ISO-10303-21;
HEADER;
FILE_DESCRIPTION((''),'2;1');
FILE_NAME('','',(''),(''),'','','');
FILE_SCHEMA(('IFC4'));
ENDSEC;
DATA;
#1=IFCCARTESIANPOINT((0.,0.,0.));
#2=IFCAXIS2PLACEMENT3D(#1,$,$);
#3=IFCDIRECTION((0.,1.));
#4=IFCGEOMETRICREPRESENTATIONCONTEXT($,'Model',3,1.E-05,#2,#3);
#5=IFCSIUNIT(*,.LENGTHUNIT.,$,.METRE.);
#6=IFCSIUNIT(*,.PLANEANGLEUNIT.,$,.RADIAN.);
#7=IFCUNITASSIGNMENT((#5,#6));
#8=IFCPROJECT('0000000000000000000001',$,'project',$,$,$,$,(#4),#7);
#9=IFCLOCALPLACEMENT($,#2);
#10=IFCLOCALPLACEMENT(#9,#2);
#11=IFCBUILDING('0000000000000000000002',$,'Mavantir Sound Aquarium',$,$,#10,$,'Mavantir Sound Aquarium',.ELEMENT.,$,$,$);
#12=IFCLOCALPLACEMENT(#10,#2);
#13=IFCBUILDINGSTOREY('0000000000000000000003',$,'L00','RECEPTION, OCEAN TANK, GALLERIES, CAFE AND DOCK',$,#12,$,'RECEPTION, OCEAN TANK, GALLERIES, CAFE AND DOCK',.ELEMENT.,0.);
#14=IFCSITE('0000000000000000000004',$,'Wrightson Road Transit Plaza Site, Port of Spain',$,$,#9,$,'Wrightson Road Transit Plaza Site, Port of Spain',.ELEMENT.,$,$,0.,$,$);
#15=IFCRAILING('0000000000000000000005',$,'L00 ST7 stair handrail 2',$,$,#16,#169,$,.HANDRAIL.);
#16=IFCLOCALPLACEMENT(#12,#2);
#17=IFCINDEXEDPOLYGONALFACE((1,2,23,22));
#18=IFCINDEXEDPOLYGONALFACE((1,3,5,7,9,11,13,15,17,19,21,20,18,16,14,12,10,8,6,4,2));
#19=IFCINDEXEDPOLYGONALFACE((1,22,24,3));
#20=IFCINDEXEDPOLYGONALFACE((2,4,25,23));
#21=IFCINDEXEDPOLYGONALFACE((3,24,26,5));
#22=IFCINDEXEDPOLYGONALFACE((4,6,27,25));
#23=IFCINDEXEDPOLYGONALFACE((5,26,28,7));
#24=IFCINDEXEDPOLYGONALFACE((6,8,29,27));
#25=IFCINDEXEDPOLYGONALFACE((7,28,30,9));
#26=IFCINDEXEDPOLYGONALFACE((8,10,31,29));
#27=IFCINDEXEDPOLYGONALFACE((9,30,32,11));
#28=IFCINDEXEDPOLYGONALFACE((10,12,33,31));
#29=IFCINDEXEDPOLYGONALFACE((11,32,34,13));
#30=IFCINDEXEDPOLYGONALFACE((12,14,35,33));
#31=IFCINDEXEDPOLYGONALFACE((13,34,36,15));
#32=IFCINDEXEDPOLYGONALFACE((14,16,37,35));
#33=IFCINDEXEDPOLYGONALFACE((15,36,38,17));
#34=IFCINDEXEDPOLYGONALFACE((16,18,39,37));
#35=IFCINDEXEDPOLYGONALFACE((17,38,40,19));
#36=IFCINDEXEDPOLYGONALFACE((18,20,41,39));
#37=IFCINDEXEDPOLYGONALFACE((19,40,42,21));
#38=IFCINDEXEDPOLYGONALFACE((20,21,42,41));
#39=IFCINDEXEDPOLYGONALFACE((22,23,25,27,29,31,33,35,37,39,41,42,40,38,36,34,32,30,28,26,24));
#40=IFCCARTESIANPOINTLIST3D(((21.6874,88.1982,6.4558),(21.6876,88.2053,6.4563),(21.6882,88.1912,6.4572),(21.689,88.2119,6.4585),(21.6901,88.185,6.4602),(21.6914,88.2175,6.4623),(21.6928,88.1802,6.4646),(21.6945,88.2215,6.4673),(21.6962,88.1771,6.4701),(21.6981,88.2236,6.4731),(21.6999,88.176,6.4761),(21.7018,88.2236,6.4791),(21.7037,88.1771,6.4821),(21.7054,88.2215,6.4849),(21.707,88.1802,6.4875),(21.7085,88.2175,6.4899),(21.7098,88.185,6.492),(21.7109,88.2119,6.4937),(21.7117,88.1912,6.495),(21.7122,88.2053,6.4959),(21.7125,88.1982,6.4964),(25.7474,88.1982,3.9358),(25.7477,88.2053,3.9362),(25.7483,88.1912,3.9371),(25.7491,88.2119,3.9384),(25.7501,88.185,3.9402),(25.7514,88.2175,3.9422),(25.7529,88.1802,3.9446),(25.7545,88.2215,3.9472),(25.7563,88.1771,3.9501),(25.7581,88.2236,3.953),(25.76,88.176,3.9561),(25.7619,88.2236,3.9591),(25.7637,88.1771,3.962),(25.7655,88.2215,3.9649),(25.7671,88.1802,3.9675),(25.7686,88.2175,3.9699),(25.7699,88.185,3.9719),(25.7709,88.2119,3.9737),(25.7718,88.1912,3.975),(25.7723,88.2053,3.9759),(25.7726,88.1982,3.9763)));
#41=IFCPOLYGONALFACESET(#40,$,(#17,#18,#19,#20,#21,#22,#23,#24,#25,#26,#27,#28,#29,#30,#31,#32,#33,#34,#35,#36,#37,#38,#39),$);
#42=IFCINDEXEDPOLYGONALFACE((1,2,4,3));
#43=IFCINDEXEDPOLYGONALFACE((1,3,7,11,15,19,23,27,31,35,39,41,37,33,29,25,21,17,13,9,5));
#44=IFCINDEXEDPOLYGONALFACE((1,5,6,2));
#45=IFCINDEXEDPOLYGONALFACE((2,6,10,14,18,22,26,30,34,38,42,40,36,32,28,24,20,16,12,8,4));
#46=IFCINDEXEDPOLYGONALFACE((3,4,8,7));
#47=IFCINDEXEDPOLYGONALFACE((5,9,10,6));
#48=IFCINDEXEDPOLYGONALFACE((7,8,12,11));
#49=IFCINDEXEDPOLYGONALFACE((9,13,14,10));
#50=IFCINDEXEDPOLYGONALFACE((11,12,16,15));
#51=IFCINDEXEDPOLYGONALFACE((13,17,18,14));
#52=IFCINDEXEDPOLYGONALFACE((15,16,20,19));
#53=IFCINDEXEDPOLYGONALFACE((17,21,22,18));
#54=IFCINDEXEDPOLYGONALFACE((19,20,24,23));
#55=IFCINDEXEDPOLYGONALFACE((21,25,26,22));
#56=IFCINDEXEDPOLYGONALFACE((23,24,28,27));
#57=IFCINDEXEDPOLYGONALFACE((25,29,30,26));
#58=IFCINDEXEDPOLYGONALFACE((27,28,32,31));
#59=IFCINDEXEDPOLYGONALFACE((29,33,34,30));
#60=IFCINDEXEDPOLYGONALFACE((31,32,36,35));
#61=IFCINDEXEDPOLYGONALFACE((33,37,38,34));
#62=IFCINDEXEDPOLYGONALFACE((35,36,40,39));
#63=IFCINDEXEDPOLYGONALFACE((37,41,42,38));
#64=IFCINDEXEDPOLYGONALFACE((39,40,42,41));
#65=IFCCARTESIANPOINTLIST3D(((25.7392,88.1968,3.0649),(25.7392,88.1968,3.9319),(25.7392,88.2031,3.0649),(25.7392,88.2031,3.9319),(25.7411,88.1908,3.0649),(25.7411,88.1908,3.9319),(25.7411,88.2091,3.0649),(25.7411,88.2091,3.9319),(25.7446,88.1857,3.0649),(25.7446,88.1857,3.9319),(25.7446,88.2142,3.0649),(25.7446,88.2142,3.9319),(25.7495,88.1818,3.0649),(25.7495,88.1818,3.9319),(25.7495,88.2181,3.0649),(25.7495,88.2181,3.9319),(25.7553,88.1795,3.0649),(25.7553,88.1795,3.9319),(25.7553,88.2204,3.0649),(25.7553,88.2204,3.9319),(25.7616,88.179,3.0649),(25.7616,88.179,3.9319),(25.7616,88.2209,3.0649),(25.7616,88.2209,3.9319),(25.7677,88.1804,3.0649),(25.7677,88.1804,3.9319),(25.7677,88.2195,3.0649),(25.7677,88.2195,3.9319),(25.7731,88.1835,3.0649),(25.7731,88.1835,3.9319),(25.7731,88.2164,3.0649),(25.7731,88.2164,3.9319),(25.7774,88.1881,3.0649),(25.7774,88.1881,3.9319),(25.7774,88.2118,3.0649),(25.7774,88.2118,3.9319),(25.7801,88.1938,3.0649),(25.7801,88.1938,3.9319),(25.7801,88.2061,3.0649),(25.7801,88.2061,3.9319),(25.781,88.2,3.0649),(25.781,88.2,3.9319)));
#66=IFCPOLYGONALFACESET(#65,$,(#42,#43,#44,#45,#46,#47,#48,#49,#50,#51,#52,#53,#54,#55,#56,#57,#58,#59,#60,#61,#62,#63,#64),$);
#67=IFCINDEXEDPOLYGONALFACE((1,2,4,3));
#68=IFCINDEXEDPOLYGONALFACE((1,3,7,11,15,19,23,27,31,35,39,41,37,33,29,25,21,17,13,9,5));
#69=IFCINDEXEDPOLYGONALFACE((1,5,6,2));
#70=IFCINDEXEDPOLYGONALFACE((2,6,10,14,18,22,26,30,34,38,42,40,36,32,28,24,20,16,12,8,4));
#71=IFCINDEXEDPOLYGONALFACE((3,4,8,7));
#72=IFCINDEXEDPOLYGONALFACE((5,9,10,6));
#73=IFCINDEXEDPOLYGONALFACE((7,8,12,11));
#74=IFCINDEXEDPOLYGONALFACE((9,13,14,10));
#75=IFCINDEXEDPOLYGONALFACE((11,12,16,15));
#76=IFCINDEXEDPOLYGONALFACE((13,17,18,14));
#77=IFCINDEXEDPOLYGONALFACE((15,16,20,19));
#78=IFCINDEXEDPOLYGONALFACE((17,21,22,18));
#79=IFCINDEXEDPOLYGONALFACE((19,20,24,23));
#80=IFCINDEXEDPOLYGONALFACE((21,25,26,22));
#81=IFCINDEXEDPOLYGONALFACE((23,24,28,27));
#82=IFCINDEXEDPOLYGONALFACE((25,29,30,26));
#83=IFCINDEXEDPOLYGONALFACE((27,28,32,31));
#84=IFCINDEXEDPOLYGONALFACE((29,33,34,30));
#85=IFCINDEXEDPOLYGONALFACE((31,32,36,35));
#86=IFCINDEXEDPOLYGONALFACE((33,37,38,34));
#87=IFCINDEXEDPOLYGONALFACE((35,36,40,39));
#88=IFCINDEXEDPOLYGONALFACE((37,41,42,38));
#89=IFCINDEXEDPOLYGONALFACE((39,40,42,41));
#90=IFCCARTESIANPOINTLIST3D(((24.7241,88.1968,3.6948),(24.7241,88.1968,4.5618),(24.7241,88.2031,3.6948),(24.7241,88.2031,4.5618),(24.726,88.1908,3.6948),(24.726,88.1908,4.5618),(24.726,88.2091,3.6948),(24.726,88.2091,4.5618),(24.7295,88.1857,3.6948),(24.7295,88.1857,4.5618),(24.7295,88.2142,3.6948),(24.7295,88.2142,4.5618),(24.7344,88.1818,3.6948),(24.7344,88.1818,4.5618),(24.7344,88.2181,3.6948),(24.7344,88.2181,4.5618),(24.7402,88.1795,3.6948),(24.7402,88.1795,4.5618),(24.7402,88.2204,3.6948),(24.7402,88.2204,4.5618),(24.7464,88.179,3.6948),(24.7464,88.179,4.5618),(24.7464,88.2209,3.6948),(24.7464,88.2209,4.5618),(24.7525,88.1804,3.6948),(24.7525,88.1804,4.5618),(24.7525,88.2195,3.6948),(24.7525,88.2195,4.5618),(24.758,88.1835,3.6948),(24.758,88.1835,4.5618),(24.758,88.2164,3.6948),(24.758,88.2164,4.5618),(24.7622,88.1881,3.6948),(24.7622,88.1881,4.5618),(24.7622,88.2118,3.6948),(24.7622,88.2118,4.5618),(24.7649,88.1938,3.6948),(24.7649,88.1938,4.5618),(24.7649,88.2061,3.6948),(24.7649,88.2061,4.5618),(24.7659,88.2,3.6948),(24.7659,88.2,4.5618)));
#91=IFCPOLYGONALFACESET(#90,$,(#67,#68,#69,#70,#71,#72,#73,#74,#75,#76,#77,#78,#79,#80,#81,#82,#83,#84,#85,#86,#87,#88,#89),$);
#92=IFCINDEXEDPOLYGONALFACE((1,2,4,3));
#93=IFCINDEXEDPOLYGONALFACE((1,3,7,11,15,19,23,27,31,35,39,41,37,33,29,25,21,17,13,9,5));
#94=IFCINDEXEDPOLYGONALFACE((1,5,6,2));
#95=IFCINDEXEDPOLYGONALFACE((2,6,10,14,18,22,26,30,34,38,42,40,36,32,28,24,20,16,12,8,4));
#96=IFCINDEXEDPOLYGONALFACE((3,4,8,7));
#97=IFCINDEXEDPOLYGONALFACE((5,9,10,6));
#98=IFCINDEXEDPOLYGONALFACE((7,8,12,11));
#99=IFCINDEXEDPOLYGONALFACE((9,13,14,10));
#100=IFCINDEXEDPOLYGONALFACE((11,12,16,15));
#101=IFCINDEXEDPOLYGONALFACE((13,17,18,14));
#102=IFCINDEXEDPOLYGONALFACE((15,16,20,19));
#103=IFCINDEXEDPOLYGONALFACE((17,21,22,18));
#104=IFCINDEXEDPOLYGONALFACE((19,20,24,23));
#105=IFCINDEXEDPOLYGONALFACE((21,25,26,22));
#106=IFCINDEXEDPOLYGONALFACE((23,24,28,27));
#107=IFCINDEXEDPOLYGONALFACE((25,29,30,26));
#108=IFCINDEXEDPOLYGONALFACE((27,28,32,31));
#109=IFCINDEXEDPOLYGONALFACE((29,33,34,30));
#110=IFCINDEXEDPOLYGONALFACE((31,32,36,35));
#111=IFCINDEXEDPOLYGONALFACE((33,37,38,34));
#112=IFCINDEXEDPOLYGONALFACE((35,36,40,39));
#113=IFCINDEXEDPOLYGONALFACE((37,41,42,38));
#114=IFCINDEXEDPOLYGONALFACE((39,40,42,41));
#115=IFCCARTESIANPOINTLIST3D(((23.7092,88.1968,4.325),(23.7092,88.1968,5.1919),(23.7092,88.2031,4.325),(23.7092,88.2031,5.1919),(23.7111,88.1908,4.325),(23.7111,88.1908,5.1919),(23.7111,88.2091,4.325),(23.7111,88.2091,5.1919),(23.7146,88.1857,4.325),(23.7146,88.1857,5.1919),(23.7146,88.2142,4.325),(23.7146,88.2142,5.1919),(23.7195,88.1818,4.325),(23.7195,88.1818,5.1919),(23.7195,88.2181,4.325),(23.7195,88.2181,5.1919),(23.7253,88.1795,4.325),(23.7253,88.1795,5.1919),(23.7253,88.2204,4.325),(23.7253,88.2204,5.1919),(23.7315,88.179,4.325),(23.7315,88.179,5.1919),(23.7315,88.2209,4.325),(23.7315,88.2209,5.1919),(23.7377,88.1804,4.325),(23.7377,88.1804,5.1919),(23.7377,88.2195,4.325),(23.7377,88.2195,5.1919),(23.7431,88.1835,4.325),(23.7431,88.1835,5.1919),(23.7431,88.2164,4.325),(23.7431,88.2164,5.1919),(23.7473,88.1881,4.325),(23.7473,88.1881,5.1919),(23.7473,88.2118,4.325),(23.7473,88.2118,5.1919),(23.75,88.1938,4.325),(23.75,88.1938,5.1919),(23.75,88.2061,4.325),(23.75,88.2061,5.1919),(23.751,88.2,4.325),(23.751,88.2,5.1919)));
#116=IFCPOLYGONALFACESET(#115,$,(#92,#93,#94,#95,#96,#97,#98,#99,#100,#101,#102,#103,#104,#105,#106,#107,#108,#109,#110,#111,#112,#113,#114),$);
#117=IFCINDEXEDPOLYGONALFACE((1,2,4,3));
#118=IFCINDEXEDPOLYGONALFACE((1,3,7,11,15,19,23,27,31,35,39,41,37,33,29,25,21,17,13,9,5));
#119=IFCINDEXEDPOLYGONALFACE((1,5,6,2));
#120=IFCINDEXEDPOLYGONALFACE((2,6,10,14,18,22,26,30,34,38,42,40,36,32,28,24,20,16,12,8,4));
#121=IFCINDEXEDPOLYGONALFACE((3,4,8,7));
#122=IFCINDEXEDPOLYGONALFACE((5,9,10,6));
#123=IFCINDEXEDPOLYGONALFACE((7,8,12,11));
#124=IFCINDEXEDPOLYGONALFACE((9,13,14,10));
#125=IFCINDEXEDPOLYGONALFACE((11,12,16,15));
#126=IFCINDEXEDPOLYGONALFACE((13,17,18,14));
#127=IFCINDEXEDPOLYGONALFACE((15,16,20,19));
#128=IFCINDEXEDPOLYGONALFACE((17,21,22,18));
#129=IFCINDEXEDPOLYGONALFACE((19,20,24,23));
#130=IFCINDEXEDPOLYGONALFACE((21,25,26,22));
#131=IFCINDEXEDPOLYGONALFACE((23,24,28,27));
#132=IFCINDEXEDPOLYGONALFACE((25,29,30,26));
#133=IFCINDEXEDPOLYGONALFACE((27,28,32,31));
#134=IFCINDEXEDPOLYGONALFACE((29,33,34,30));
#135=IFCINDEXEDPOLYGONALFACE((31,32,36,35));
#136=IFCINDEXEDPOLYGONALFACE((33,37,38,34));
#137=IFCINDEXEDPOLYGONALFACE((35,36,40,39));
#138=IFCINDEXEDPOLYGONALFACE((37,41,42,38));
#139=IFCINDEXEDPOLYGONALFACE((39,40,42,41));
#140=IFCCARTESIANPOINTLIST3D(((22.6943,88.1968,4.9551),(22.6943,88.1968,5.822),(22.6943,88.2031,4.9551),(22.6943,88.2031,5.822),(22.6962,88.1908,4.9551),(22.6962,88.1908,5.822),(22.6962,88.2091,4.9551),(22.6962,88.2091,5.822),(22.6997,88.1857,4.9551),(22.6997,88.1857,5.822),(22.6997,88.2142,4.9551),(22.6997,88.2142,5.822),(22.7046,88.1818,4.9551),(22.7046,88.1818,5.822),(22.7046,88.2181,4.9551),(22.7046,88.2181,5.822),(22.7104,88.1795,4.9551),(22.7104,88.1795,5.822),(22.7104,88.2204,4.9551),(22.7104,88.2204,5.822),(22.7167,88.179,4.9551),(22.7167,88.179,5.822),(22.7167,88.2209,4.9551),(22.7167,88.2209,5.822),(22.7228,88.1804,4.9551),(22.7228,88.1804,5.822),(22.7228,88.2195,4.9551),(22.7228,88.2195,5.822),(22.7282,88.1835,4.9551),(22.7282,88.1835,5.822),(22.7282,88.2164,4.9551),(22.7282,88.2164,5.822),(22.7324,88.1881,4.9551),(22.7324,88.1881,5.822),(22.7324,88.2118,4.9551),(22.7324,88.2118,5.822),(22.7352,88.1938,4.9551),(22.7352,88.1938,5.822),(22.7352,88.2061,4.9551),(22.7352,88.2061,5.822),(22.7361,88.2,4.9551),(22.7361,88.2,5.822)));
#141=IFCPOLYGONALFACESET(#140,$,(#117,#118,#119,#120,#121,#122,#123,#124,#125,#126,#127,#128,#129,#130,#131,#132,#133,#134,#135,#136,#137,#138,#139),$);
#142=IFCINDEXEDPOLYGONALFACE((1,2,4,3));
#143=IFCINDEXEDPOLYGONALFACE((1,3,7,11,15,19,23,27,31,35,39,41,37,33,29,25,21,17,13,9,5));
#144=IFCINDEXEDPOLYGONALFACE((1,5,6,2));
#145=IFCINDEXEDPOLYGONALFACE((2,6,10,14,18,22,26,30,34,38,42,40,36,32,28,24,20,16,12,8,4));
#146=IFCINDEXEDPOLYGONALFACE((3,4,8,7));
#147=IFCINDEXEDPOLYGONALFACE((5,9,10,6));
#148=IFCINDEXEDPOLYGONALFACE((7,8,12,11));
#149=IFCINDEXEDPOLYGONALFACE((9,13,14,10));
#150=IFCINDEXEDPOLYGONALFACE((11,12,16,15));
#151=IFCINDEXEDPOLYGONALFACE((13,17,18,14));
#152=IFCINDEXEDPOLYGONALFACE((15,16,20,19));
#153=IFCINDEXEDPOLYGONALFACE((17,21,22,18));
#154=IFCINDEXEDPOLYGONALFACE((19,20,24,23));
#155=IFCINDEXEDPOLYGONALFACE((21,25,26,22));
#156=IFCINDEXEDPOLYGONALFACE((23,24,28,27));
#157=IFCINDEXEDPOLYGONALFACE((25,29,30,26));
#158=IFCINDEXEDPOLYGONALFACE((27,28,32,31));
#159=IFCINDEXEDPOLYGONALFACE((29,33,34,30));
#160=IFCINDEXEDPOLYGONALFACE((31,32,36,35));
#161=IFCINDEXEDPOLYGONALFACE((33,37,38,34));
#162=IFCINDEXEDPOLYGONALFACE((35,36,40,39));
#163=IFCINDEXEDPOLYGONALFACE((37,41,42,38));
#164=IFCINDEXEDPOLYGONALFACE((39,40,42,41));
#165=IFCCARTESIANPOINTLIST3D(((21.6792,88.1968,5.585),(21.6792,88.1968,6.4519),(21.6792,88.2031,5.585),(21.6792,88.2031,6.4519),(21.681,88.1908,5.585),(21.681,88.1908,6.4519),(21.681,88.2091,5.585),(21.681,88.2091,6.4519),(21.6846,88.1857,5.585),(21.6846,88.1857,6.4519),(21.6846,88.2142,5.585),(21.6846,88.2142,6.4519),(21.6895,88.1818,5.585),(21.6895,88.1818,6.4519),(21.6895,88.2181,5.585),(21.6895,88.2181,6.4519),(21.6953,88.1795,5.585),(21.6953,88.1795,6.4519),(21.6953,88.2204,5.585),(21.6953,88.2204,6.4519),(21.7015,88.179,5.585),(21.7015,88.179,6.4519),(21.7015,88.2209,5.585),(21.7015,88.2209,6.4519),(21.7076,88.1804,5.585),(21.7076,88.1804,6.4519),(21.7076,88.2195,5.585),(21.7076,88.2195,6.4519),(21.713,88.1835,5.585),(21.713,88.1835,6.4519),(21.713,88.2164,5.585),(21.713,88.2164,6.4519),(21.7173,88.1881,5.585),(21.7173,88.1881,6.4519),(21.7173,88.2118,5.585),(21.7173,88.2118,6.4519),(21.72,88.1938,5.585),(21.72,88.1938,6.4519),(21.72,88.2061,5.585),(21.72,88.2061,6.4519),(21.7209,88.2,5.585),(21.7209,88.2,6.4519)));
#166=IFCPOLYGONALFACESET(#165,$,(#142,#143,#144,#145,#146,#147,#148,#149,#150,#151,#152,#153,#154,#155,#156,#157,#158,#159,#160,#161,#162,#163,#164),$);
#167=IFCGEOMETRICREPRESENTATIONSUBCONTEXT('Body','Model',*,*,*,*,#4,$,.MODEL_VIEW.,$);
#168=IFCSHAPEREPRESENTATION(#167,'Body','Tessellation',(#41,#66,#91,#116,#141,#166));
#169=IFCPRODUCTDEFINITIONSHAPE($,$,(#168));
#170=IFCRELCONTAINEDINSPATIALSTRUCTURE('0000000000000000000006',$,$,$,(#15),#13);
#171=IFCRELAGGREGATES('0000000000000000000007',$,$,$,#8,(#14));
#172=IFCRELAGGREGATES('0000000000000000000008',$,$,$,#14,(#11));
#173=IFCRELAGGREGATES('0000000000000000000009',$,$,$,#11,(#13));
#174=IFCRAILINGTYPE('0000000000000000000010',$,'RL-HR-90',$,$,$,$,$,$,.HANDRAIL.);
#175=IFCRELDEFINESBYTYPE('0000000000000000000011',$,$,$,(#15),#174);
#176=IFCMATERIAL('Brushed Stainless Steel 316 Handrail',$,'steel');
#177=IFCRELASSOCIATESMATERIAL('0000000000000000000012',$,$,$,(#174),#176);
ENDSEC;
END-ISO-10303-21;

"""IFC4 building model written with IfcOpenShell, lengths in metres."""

from ifc_helpers import new_model, si_unit, direction, frame, origin, origin_2d, place, context, subcontext, project, spatial, circle, extrude, material, type_object, element, save


model = new_model("IFC4")

# Units and contexts
model_context = context("Model", 3, precision=1e-05, world=origin(), true_north=direction((0.0, 1.0)))
body_context = subcontext(model_context, "Body", "Model", "MODEL_VIEW")
ifc_project = project(units=[si_unit("LENGTHUNIT", "METRE"), si_unit("PLANEANGLEUNIT", "RADIAN")], contexts=[model_context])

# Site, building, storey
site_placement = place(None, origin())
site = spatial("IfcSite", under=ifc_project, at=site_placement, Name="Wrightson Road Transit Plaza Site, Port of Spain", LongName="Wrightson Road Transit Plaza Site, Port of Spain", CompositionType="ELEMENT", RefElevation=0.0)
building_placement = place(site_placement, origin())
building = spatial("IfcBuilding", under=site, at=building_placement, Name="Mavantir Sound Aquarium", LongName="Mavantir Sound Aquarium", CompositionType="ELEMENT")
storey_placement = place(building_placement, origin())
storey = spatial("IfcBuildingStorey", under=building, at=storey_placement, Name="L00", Description="RECEPTION, OCEAN TANK, GALLERIES, CAFE AND DOCK", LongName="RECEPTION, OCEAN TANK, GALLERIES, CAFE AND DOCK", CompositionType="ELEMENT", Elevation=0.0)

# Railing
ifc_material_1 = material(Name="Brushed Stainless Steel 316 Handrail", Category="steel")
railing_type_1 = type_object("IfcRailingType", Name="RL-HR-90", PredefinedType="HANDRAIL", material=ifc_material_1)
railing_1_placement = place(storey_placement, frame((25.76, 88.2, 3.0649)))
element("IfcRailing", 1, at=railing_1_placement, inside=storey, type_object=railing_type_1, Name="L00 ST7 stair handrail 2", PredefinedType="HANDRAIL", context=body_context, shape_type="SweptSolid", body=[
    extrude(circle(Radius=0.0239, at=origin_2d()), frame((0.0, 0.0, 0.8911), z_axis=(-0.849642, 0.0, 0.52736), x_axis=(0.0, -1.0, 0.0)), (0.0, 0.0, 1.0), 4.7786),
    extrude(circle(Radius=0.021, at=origin_2d()), origin(), (0.0, 0.0, 1.0), 0.8669),
    extrude(circle(Radius=0.021, at=origin_2d()), frame((-1.0151, 0.0, 0.6299)), (0.0, 0.0, 1.0), 0.8669),
    extrude(circle(Radius=0.021, at=origin_2d()), frame((-2.03, 0.0, 1.26)), (0.0, 0.0, 1.0), 0.8669),
    extrude(circle(Radius=0.021, at=origin_2d()), frame((-3.0449, 0.0, 1.8901)), (0.0, 0.0, 1.0), 0.8669),
    extrude(circle(Radius=0.021, at=origin_2d()), frame((-4.0601, 0.0, 2.52)), (0.0, 0.0, 1.0), 0.8669),
])

save(model, "model.ifc")
